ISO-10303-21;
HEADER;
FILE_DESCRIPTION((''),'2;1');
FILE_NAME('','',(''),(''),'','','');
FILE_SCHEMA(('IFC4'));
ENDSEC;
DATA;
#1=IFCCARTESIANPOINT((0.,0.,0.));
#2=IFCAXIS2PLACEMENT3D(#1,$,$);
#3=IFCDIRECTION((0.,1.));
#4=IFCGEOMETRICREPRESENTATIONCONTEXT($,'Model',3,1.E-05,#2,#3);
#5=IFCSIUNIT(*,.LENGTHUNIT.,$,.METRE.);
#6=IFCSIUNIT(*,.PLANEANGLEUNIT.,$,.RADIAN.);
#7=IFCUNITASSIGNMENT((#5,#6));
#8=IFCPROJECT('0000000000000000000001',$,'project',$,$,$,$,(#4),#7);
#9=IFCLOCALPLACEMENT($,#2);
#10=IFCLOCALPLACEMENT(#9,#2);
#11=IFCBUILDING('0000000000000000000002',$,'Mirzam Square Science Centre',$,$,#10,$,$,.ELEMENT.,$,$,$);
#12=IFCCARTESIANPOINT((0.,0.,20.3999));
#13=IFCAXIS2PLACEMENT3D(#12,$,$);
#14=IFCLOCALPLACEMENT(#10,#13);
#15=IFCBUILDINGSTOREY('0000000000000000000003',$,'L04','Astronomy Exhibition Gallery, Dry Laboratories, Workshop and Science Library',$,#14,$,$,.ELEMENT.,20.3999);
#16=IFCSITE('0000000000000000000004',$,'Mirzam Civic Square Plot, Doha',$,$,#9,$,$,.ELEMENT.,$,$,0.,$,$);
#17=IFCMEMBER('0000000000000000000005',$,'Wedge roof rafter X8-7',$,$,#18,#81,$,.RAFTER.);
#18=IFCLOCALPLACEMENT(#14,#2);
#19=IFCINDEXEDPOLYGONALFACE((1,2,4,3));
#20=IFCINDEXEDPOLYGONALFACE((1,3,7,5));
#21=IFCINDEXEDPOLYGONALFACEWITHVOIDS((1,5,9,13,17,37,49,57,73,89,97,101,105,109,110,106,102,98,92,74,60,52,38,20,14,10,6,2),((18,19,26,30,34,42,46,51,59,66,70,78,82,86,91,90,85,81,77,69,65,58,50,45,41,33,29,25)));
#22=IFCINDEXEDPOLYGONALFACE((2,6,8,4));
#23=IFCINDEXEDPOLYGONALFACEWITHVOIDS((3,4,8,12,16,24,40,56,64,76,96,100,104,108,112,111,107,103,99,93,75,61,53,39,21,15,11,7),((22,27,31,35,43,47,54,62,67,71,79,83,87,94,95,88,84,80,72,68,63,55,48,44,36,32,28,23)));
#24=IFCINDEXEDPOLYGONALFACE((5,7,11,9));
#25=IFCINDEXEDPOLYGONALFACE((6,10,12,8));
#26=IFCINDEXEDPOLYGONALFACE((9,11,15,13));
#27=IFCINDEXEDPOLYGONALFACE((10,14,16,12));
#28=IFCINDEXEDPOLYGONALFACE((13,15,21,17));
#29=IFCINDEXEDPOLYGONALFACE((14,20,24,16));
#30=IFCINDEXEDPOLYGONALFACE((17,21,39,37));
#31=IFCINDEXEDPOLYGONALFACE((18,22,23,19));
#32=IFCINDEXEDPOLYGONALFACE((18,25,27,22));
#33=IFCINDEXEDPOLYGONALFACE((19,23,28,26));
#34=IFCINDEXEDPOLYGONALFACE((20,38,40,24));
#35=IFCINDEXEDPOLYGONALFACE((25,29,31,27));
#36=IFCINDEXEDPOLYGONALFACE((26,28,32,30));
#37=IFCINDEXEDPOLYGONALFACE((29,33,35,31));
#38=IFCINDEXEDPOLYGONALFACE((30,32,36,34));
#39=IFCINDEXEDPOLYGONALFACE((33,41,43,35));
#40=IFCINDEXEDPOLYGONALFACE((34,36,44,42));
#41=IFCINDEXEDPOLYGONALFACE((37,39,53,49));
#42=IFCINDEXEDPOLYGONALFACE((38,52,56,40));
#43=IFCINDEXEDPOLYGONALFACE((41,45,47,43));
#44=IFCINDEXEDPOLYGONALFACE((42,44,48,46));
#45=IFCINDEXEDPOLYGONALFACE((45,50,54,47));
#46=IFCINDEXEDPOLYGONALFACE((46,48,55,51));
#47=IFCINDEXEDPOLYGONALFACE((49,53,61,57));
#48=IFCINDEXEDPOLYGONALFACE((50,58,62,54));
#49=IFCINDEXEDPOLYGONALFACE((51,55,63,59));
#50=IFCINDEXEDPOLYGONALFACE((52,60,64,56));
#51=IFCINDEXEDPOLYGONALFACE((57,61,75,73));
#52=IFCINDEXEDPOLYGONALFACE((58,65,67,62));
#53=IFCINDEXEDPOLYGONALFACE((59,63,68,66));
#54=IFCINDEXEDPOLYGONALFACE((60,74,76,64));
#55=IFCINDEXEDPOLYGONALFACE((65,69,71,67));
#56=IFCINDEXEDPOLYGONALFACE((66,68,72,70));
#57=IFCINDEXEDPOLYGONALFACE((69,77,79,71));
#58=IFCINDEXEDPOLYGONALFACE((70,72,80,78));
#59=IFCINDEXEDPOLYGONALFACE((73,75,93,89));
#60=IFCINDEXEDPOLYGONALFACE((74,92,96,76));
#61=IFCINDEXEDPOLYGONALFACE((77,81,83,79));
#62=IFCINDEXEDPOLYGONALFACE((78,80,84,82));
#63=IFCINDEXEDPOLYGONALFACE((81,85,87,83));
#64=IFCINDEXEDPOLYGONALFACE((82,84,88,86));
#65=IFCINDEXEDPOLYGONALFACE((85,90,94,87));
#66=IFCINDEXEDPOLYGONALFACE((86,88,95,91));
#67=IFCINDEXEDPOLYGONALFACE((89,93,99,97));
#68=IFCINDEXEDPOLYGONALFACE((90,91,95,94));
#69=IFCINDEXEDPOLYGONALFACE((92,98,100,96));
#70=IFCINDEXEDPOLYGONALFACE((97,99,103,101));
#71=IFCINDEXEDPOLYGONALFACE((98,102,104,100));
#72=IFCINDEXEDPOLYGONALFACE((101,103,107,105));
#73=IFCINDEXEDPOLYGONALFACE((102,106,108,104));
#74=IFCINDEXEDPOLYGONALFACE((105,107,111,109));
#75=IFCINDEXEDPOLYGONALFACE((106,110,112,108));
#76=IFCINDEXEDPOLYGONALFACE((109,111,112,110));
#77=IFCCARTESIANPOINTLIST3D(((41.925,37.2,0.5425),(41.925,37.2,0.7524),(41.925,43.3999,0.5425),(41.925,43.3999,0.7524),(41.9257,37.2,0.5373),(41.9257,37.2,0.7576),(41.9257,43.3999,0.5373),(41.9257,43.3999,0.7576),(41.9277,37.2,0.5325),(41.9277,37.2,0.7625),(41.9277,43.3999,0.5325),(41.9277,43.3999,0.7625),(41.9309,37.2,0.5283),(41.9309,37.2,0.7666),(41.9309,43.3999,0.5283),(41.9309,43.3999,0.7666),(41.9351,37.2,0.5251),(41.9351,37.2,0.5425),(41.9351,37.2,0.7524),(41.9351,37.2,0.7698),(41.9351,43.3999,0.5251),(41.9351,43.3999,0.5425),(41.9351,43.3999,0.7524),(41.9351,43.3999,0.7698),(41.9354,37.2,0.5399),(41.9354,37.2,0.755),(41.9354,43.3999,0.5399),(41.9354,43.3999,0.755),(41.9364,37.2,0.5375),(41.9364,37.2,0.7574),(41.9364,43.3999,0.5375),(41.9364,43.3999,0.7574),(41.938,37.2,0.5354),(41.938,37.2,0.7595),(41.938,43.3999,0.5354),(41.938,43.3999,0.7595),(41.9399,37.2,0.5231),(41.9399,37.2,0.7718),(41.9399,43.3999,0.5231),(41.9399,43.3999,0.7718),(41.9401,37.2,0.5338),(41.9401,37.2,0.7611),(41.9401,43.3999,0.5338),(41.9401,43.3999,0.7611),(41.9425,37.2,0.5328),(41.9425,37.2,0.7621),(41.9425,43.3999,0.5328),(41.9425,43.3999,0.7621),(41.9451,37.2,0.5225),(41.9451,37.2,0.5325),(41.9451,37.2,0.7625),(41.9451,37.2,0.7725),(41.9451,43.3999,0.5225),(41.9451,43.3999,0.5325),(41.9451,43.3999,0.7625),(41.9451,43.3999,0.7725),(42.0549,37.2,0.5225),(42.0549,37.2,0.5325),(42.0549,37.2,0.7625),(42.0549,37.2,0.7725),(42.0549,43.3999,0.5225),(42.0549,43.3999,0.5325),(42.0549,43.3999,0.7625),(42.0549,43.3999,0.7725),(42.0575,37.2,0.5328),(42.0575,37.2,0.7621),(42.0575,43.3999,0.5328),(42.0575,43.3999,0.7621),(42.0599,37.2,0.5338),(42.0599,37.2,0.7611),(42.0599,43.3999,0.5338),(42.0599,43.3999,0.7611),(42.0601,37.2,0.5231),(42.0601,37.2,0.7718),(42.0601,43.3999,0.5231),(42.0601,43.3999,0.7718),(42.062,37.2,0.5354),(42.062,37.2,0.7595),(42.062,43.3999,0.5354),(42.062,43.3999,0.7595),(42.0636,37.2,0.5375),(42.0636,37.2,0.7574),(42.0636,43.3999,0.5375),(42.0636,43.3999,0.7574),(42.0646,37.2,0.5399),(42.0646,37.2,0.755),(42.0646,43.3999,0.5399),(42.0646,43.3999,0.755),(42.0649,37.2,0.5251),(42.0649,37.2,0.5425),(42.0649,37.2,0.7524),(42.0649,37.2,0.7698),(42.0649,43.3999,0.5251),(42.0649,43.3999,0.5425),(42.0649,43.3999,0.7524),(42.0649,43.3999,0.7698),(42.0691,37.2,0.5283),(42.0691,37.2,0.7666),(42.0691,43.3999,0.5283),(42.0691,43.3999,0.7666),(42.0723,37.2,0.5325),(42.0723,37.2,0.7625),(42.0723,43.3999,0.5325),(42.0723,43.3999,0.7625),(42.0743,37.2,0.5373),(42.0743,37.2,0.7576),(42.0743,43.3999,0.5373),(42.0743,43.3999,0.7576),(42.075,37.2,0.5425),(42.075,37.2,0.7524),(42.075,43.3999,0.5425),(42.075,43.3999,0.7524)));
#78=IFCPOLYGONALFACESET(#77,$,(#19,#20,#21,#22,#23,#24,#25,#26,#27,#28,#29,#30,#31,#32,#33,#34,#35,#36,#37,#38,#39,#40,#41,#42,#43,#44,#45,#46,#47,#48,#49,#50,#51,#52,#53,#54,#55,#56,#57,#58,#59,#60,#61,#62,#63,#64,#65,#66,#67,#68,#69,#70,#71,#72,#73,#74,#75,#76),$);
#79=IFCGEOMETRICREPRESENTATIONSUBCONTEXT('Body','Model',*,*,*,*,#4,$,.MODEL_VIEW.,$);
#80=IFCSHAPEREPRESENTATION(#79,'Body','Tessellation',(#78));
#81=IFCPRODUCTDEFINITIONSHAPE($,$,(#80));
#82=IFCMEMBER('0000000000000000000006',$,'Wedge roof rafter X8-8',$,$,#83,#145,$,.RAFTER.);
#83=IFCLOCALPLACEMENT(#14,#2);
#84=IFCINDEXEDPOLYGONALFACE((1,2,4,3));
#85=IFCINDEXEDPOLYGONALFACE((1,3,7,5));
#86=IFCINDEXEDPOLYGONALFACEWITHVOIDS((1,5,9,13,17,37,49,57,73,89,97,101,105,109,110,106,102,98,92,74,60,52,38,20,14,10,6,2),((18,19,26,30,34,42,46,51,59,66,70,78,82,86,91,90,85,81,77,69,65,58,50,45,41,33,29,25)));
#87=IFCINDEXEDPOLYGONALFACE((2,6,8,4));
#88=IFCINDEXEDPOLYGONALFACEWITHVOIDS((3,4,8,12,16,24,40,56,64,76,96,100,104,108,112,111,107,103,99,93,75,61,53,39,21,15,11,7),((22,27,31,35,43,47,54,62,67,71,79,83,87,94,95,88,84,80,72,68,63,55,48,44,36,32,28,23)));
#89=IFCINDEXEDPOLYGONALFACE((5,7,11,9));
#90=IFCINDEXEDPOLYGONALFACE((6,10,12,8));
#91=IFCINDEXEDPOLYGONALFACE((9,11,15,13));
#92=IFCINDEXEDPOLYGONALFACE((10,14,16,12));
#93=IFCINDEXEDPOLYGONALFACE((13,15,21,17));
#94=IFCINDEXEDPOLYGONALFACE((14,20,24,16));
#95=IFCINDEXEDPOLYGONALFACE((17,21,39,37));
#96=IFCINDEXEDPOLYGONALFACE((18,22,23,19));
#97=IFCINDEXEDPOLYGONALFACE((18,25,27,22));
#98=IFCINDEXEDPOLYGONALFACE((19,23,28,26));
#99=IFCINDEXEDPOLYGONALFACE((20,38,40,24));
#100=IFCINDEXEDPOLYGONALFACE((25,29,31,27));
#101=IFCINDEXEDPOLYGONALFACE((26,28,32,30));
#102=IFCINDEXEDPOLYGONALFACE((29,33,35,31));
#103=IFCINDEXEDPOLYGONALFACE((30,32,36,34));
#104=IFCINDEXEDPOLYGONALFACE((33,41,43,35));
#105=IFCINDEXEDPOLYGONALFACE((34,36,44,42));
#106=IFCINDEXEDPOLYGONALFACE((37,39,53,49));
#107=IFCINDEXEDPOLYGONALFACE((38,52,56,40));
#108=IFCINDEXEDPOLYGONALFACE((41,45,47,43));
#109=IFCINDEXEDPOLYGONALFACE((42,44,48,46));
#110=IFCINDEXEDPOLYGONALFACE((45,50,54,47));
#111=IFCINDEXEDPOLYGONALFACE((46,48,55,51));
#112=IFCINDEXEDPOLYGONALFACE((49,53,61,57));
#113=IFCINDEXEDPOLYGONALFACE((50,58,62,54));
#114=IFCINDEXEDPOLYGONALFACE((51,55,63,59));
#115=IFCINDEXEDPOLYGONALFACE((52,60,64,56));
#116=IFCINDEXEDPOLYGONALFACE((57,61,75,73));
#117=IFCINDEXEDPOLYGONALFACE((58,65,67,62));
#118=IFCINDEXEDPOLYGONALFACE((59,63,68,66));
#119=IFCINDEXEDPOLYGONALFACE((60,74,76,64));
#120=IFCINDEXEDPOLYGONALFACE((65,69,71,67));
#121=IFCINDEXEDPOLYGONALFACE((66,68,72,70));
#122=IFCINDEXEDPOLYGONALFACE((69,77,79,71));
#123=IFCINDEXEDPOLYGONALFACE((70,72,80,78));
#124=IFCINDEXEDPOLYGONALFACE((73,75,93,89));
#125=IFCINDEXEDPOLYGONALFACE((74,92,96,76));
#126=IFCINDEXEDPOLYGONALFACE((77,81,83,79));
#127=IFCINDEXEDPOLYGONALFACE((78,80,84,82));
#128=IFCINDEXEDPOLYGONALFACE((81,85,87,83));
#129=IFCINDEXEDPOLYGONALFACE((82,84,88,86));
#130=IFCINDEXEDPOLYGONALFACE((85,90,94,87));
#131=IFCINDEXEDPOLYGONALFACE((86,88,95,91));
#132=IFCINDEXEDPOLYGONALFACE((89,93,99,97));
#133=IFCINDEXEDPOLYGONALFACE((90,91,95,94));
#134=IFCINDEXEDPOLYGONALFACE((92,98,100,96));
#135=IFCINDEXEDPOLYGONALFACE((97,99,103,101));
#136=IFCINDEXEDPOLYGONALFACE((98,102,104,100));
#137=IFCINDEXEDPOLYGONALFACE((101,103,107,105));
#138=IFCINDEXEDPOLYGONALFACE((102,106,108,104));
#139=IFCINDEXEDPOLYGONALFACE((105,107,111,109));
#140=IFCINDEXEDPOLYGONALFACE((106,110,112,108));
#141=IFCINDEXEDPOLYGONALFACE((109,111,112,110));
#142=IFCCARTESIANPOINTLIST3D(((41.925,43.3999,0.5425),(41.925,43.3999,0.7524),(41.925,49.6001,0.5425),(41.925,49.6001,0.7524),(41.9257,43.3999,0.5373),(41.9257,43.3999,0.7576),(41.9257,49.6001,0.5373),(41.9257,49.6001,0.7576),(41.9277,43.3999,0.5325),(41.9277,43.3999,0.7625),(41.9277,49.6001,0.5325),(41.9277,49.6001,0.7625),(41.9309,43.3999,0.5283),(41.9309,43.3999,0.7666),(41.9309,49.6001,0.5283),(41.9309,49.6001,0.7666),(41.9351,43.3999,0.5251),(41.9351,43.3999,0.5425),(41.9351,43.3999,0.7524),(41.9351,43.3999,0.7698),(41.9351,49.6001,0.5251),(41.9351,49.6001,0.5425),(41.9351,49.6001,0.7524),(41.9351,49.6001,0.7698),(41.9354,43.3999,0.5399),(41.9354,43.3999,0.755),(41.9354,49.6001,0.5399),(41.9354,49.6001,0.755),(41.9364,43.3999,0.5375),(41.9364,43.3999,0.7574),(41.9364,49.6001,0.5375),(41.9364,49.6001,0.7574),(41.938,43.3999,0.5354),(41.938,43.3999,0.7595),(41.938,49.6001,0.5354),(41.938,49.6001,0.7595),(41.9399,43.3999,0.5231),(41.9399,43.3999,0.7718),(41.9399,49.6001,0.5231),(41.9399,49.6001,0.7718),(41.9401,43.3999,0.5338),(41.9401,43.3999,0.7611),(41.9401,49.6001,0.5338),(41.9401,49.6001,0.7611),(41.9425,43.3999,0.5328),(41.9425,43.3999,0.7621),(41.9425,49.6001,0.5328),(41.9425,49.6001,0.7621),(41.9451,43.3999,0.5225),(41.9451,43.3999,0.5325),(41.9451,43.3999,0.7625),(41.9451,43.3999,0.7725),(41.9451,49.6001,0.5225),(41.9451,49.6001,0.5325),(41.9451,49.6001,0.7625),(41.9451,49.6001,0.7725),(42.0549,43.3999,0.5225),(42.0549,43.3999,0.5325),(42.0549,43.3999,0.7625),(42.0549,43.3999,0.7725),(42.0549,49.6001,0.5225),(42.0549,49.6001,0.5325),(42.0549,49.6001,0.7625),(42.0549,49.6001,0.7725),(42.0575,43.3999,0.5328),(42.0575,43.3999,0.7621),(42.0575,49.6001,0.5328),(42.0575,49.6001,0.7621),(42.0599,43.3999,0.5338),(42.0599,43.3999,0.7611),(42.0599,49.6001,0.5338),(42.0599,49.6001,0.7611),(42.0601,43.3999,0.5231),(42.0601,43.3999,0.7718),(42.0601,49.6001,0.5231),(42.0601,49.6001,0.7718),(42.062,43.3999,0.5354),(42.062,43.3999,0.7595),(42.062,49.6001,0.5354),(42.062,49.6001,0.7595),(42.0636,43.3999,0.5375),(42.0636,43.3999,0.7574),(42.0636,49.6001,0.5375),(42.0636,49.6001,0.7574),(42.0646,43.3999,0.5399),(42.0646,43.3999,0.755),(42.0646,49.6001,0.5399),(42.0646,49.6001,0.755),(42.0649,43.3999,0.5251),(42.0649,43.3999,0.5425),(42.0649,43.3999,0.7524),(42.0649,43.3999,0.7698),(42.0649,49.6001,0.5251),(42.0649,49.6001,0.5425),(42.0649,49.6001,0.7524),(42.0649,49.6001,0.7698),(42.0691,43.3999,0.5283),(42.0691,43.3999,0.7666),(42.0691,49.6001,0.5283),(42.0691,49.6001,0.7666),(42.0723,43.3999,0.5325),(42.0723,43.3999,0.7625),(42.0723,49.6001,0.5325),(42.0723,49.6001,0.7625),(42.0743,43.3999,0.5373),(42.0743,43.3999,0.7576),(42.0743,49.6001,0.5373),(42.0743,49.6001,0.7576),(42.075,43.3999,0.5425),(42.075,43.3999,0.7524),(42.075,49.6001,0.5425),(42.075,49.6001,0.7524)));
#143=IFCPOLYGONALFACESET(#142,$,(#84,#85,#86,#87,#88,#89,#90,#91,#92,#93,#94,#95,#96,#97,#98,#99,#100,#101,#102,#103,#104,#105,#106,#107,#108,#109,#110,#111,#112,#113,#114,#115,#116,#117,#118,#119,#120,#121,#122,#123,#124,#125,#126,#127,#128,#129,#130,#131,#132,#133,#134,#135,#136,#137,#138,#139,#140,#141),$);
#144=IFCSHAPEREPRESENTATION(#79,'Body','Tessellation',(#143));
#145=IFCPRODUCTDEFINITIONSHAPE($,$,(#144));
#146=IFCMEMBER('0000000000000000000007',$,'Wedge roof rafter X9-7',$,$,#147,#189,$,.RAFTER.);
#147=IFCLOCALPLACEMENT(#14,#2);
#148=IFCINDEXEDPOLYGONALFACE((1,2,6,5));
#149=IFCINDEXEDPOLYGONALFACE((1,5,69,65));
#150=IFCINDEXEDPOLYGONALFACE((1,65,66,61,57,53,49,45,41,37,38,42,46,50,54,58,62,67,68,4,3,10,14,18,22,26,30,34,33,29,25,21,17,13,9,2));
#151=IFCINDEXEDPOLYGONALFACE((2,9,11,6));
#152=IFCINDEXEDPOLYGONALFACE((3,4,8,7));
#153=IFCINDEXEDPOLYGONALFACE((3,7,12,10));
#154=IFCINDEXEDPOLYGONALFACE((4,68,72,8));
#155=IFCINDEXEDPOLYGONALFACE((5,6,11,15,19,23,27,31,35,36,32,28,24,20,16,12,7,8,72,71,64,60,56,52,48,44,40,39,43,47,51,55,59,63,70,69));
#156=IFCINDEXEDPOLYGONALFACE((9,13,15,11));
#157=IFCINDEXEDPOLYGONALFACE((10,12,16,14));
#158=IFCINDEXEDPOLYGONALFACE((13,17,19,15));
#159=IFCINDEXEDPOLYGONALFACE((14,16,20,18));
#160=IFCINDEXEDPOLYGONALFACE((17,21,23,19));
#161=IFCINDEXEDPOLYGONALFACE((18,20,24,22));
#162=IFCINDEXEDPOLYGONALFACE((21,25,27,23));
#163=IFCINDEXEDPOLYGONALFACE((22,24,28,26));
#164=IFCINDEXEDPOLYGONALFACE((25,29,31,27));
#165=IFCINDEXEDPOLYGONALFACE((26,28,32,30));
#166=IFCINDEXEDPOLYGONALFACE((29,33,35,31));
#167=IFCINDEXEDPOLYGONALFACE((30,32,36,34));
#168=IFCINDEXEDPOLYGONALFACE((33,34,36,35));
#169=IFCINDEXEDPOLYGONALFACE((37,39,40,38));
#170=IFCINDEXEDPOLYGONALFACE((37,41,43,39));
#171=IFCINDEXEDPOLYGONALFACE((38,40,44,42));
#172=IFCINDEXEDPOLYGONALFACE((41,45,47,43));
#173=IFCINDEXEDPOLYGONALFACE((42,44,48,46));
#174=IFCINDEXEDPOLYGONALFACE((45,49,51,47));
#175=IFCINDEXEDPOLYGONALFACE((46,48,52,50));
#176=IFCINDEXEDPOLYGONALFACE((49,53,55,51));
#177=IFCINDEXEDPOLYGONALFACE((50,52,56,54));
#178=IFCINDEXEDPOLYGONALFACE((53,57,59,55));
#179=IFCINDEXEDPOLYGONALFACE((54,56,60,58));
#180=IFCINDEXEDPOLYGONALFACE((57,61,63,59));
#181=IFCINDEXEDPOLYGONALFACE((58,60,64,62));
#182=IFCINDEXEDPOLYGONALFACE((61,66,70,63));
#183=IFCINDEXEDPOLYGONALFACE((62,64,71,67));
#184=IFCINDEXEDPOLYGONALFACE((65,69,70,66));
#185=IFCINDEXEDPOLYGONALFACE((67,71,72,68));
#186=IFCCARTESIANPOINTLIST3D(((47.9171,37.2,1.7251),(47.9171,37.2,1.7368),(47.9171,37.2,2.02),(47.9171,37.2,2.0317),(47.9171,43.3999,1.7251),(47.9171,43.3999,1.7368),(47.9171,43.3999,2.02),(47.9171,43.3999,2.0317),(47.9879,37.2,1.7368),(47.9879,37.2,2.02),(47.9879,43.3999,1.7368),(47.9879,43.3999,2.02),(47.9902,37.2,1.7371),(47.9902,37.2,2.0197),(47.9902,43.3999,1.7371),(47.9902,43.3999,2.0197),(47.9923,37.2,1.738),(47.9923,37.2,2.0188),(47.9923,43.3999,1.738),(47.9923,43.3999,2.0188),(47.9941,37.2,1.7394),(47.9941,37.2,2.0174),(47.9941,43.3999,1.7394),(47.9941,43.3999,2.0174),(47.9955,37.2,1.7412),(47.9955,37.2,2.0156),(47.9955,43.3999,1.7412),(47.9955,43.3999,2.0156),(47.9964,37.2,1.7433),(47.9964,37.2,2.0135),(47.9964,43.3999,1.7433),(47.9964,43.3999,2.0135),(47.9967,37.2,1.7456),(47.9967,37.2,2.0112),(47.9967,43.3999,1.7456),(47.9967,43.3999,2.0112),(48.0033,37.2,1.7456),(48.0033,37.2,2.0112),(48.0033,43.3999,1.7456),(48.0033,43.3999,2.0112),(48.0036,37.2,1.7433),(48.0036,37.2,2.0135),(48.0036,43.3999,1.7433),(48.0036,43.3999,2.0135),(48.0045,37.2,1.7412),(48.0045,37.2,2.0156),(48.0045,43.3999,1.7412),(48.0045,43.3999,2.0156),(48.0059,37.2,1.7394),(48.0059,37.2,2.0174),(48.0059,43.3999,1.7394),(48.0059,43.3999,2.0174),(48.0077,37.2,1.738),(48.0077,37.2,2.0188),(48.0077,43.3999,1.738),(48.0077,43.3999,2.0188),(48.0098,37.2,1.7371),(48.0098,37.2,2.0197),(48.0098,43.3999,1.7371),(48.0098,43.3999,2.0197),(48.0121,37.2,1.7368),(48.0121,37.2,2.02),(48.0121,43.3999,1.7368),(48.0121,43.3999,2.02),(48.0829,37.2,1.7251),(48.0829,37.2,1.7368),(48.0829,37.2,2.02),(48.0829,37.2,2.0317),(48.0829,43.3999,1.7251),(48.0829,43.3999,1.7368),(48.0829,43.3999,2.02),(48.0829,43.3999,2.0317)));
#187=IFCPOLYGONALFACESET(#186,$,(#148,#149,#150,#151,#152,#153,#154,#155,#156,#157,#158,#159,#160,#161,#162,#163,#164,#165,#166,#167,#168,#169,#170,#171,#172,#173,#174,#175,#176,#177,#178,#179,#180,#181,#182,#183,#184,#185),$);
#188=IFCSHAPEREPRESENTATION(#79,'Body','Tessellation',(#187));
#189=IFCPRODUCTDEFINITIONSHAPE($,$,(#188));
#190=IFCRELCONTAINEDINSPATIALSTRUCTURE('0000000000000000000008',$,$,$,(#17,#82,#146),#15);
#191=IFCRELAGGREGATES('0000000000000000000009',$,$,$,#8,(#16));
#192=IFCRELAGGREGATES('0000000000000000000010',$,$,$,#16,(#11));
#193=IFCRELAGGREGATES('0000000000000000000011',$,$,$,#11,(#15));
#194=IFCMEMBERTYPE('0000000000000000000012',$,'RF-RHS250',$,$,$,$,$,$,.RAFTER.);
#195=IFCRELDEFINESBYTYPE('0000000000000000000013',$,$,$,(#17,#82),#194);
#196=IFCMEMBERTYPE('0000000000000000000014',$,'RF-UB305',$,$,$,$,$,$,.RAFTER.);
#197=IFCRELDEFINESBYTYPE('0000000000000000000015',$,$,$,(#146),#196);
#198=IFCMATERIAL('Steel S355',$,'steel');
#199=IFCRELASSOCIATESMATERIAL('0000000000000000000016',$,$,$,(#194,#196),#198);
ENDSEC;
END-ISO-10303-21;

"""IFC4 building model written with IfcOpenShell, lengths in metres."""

from ifc_helpers import new_model, si_unit, direction, frame, origin, origin_2d, place, context, subcontext, project, spatial, hollow_rectangle, i_section, extrude, material, material_profile, profile_set, type_object, element, save


model = new_model("IFC4")

# Units and contexts
model_context = context("Model", 3, precision=1e-05, world=origin(), true_north=direction((0.0, 1.0)))
body_context = subcontext(model_context, "Body", "Model", "MODEL_VIEW")
ifc_project = project(units=[si_unit("LENGTHUNIT", "METRE"), si_unit("PLANEANGLEUNIT", "RADIAN")], contexts=[model_context])

# Site, building, storey
site_placement = place(None, origin())
site = spatial("IfcSite", under=ifc_project, at=site_placement, Name="Mirzam Civic Square Plot, Doha", CompositionType="ELEMENT", RefElevation=0.0)
building_placement = place(site_placement, origin())
building = spatial("IfcBuilding", under=site, at=building_placement, Name="Mirzam Square Science Centre", CompositionType="ELEMENT")
storey_placement = place(building_placement, frame((0.0, 0.0, 20.3999)))
storey = spatial("IfcBuildingStorey", under=building, at=storey_placement, Name="L04", Description="Astronomy Exhibition Gallery, Dry Laboratories, Workshop and Science Library", CompositionType="ELEMENT", Elevation=20.3999)

# Members
ifc_material_1 = material(Name="Steel S355", Category="steel")
ifc_material_profile_1 = material_profile(ifc_material_1, hollow_rectangle(XDim=0.1499, YDim=0.25, WallThickness=0.01, InnerFilletRadius=0.01, OuterFilletRadius=0.02, at=origin_2d()), Name="250x150x10.0RHS")
ifc_profile_set_1 = profile_set([ifc_material_profile_1], Name="Steel S355")
member_type_1 = type_object("IfcMemberType", Name="RF-RHS250", PredefinedType="RAFTER", material=ifc_profile_set_1)
member_1_placement = place(storey_placement, frame((42.0, 37.2, 0.6475), z_axis=(0.0, 1.0, 0.0), x_axis=(-1.0, 0.0, 0.0)))
element("IfcMember", 1, at=member_1_placement, inside=storey, type_object=member_type_1, Name="Wedge roof rafter X8-7", PredefinedType="RAFTER", context=body_context, shape_type="SweptSolid", body=[
    extrude(hollow_rectangle(XDim=0.1499, YDim=0.25, WallThickness=0.01, InnerFilletRadius=0.01, OuterFilletRadius=0.02, at=origin_2d()), origin(), (0.0, 0.0, 1.0), 6.2),
])
member_2_placement = place(storey_placement, frame((42.0, 43.3999, 0.6475), z_axis=(0.0, 1.0, 0.0), x_axis=(-1.0, 0.0, 0.0)))
element("IfcMember", 2, at=member_2_placement, inside=storey, type_object=member_type_1, Name="Wedge roof rafter X8-8", PredefinedType="RAFTER", context=body_context, shape_type="SweptSolid", body=[
    extrude(hollow_rectangle(XDim=0.1499, YDim=0.25, WallThickness=0.01, InnerFilletRadius=0.01, OuterFilletRadius=0.02, at=origin_2d()), origin(), (0.0, 0.0, 1.0), 6.2002),
])
ifc_material_profile_2 = material_profile(ifc_material_1, i_section(OverallWidth=0.1658, OverallDepth=0.3066, WebThickness=0.0066, FlangeThickness=0.0117, FilletRadius=0.0088, at=origin_2d()), Name="305x165x46UB")
ifc_profile_set_2 = profile_set([ifc_material_profile_2], Name="Steel S355")
member_type_2 = type_object("IfcMemberType", Name="RF-UB305", PredefinedType="RAFTER", material=ifc_profile_set_2)
member_3_placement = place(storey_placement, frame((48.0, 37.2, 1.8784), z_axis=(0.0, 1.0, 0.0), x_axis=(-1.0, 0.0, 0.0)))
element("IfcMember", 3, at=member_3_placement, inside=storey, type_object=member_type_2, Name="Wedge roof rafter X9-7", PredefinedType="RAFTER", context=body_context, shape_type="SweptSolid", body=[
    extrude(i_section(OverallWidth=0.1658, OverallDepth=0.3066, WebThickness=0.0066, FlangeThickness=0.0117, FilletRadius=0.0088, at=origin_2d()), origin(), (0.0, 0.0, 1.0), 6.2),
])

save(model, "model.ifc")
